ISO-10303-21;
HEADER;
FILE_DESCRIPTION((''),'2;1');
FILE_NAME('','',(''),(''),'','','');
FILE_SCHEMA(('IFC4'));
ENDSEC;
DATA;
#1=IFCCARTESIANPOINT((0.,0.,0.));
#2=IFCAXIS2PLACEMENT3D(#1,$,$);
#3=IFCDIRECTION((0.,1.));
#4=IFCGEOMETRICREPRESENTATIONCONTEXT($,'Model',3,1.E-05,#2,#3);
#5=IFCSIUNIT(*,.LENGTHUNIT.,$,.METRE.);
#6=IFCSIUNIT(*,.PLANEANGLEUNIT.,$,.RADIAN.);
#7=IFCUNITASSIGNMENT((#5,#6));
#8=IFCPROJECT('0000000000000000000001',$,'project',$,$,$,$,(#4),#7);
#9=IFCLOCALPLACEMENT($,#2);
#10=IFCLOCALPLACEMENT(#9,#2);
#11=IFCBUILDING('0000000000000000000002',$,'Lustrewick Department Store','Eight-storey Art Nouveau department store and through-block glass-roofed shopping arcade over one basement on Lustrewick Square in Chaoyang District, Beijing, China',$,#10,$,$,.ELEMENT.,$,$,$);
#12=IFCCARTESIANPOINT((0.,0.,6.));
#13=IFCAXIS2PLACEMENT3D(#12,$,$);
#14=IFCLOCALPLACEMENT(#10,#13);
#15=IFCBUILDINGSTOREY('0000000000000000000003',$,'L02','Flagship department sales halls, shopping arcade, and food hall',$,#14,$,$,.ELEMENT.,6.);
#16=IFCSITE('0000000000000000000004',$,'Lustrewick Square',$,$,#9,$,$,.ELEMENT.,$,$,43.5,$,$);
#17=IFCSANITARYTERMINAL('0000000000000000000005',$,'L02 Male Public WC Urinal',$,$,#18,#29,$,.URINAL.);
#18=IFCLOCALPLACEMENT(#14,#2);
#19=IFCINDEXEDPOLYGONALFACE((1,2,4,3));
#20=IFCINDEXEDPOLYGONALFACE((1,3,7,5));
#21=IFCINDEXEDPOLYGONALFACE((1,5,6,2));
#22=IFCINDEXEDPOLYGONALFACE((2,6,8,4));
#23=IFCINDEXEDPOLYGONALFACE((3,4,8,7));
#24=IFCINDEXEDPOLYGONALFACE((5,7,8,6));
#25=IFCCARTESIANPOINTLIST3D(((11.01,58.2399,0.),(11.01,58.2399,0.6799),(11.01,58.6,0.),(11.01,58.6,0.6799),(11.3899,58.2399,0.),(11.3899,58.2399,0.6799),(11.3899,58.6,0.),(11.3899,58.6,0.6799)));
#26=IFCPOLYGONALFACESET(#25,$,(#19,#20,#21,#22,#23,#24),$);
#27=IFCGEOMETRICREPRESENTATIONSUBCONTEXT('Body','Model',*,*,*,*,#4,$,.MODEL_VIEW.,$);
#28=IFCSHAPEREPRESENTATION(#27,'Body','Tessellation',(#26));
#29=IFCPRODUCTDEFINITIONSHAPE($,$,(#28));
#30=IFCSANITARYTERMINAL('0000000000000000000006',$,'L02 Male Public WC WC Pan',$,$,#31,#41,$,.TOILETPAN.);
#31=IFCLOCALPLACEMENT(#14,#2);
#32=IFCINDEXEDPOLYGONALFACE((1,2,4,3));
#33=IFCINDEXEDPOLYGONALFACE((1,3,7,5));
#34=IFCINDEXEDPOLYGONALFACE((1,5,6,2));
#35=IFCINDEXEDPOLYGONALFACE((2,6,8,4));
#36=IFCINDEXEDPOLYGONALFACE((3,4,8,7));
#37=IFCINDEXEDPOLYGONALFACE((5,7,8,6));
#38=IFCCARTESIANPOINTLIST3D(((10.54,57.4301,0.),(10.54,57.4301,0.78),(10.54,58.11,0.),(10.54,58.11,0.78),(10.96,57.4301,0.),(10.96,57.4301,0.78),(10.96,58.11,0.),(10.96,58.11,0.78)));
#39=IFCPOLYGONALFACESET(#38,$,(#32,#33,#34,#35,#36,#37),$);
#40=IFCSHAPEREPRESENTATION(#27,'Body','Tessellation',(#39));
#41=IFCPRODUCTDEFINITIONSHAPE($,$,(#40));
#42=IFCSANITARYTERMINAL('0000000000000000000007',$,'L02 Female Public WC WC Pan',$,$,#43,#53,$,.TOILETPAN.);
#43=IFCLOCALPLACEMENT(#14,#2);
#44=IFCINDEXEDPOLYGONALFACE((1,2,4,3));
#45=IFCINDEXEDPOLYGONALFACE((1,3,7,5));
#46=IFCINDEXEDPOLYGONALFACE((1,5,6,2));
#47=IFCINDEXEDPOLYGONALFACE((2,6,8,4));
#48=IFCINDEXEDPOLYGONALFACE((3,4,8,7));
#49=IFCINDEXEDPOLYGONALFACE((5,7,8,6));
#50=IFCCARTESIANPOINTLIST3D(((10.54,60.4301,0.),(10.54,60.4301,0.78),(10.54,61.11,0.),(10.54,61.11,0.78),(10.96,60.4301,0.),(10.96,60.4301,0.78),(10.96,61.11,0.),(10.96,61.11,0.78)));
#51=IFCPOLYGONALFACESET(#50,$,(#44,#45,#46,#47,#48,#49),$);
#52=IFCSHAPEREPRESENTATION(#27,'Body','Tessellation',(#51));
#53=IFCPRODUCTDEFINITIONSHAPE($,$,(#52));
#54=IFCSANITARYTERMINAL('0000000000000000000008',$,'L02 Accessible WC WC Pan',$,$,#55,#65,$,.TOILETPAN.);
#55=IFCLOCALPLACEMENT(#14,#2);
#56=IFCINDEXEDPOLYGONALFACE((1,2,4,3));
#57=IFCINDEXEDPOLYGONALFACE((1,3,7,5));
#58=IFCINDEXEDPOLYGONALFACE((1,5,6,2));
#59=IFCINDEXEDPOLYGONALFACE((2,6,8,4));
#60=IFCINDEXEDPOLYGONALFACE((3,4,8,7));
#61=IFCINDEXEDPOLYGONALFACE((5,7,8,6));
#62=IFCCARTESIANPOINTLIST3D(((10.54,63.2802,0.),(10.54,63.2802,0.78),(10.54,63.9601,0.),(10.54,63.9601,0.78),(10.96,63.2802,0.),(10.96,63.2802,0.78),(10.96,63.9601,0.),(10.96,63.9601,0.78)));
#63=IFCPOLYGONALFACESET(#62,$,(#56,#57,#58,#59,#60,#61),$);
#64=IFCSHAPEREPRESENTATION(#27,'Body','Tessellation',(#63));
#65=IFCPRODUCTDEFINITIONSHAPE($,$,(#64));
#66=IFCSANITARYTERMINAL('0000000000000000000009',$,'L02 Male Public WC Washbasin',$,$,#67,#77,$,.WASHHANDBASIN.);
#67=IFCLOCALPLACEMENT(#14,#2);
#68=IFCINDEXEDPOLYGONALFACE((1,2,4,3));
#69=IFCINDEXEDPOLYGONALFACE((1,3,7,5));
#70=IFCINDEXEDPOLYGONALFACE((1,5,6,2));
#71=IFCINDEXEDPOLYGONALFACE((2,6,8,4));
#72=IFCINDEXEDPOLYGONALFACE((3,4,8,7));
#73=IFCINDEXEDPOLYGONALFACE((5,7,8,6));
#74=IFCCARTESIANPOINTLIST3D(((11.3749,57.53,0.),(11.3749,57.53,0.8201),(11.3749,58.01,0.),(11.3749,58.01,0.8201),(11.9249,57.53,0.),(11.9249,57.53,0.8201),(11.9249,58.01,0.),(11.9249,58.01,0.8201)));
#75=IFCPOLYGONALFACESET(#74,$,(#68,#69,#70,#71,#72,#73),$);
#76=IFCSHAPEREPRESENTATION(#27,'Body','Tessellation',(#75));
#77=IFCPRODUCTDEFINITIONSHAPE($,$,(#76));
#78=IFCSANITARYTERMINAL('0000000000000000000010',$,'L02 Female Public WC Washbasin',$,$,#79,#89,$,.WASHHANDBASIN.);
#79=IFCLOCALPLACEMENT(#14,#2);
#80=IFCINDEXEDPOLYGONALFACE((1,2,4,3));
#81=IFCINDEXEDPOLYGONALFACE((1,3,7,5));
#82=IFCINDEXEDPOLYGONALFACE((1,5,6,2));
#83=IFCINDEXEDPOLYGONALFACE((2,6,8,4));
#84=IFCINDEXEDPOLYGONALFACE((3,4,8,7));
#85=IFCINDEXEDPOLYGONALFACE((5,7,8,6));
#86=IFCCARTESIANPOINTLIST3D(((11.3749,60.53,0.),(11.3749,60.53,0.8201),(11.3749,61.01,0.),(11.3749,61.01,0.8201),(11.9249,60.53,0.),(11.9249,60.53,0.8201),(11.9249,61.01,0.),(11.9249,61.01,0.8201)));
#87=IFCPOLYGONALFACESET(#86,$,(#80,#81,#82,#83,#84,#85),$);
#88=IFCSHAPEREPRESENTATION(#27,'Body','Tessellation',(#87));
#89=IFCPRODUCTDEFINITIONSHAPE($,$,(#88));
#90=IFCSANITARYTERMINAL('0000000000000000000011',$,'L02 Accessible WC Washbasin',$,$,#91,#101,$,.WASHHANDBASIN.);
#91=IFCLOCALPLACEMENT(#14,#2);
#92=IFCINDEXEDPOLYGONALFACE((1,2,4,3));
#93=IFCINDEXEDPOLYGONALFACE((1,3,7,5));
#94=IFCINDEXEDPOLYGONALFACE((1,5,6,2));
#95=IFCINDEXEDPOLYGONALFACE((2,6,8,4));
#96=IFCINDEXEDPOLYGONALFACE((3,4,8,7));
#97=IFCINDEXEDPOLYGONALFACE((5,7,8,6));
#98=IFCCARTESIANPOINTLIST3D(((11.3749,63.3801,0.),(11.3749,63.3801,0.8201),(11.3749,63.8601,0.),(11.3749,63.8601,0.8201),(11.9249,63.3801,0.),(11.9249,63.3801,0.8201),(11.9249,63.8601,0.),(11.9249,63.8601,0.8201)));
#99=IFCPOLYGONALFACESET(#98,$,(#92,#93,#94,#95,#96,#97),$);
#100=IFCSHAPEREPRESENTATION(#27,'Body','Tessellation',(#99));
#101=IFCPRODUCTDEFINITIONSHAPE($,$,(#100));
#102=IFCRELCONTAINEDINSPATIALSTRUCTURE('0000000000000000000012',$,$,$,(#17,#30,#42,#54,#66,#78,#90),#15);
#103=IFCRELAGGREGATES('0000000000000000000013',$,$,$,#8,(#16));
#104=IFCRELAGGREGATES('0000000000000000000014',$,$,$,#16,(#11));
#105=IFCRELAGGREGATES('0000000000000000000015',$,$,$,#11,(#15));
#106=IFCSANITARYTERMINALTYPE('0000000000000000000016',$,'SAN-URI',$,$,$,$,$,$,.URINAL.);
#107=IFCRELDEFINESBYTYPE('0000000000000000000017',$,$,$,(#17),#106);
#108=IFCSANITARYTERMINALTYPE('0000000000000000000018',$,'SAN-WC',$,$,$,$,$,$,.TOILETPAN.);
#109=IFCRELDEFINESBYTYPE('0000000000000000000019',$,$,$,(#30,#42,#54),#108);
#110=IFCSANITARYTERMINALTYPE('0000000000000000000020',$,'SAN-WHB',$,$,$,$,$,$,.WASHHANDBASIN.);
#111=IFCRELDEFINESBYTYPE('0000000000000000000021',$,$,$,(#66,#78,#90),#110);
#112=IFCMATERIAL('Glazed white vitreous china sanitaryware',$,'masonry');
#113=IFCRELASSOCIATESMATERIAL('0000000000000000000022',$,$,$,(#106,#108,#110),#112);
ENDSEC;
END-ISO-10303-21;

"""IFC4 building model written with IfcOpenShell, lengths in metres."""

from ifc_helpers import new_model, si_unit, direction, frame, origin, origin_2d, place, context, subcontext, project, spatial, rectangle, extrude, material, type_object, element, save


model = new_model("IFC4")

# Units and contexts
model_context = context("Model", 3, precision=1e-05, world=origin(), true_north=direction((0.0, 1.0)))
body_context = subcontext(model_context, "Body", "Model", "MODEL_VIEW")
ifc_project = project(units=[si_unit("LENGTHUNIT", "METRE"), si_unit("PLANEANGLEUNIT", "RADIAN")], contexts=[model_context])

# Site, building, storey
site_placement = place(None, origin())
site = spatial("IfcSite", under=ifc_project, at=site_placement, Name="Lustrewick Square", CompositionType="ELEMENT", RefElevation=43.5)
building_placement = place(site_placement, origin())
building = spatial("IfcBuilding", under=site, at=building_placement, Name="Lustrewick Department Store", Description="Eight-storey Art Nouveau department store and through-block glass-roofed shopping arcade over one basement on Lustrewick Square in Chaoyang District, Beijing, China", CompositionType="ELEMENT")
storey_placement = place(building_placement, frame((0.0, 0.0, 6.0)))
storey = spatial("IfcBuildingStorey", under=building, at=storey_placement, Name="L02", Description="Flagship department sales halls, shopping arcade, and food hall", CompositionType="ELEMENT", Elevation=6.0)

# Sanitary terminals
ifc_material_1 = material(Name="Glazed white vitreous china sanitaryware", Category="masonry")
sanitary_terminal_type_1 = type_object("IfcSanitaryTerminalType", Name="SAN-URI", PredefinedType="URINAL", material=ifc_material_1)
sanitary_terminal_placement = place(storey_placement, frame((11.2, 58.4199, 0.0), z_axis=(0.0, 0.0, 1.0), x_axis=(1.0, 0.0, 0.0)))
element("IfcSanitaryTerminal", 1, at=sanitary_terminal_placement, inside=storey, type_object=sanitary_terminal_type_1, Name="L02 Male Public WC Urinal", PredefinedType="URINAL", context=body_context, shape_type="SweptSolid", body=[
    extrude(rectangle(XDim=0.3799, YDim=0.3601, at=origin_2d()), origin(), (0.0, 0.0, 1.0), 0.6799),
])
sanitary_terminal_type_2 = type_object("IfcSanitaryTerminalType", Name="SAN-WC", PredefinedType="TOILETPAN", material=ifc_material_1)
for number, where, z_axis, x_axis, name in (
    (2, (10.75, 57.77, 0.0), (0.0, 0.0, 1.0), (1.0, 0.0, 0.0), "L02 Male Public WC WC Pan"),
    (3, (10.75, 60.77, 0.0), (0.0, 0.0, 1.0), (1.0, 0.0, 0.0), "L02 Female Public WC WC Pan"),
    (4, (10.75, 63.6201, 0.0), (0.0, 0.0, 1.0), (1.0, 0.0, 0.0), "L02 Accessible WC WC Pan"),
):
    element("IfcSanitaryTerminal", number, at=place(storey_placement, frame(where, z_axis=z_axis, x_axis=x_axis)), inside=storey, type_object=sanitary_terminal_type_2, Name=name, PredefinedType="TOILETPAN", context=body_context, shape_type="SweptSolid", body=[
        extrude(rectangle(XDim=0.4199, YDim=0.6799, at=origin_2d()), origin(), (0.0, 0.0, 1.0), 0.78),
    ])
sanitary_terminal_type_3 = type_object("IfcSanitaryTerminalType", Name="SAN-WHB", PredefinedType="WASHHANDBASIN", material=ifc_material_1)
for number, where, z_axis, x_axis, name in (
    (5, (11.6499, 57.77, 0.0), (0.0, 0.0, 1.0), (1.0, 0.0, 0.0), "L02 Male Public WC Washbasin"),
    (6, (11.6499, 60.77, 0.0), (0.0, 0.0, 1.0), (1.0, 0.0, 0.0), "L02 Female Public WC Washbasin"),
    (7, (11.6499, 63.6201, 0.0), (0.0, 0.0, 1.0), (1.0, 0.0, 0.0), "L02 Accessible WC Washbasin"),
):
    element("IfcSanitaryTerminal", number, at=place(storey_placement, frame(where, z_axis=z_axis, x_axis=x_axis)), inside=storey, type_object=sanitary_terminal_type_3, Name=name, PredefinedType="WASHHANDBASIN", context=body_context, shape_type="SweptSolid", body=[
        extrude(rectangle(XDim=0.55, YDim=0.48, at=origin_2d()), origin(), (0.0, 0.0, 1.0), 0.8201),
    ])

save(model, "model.ifc")
